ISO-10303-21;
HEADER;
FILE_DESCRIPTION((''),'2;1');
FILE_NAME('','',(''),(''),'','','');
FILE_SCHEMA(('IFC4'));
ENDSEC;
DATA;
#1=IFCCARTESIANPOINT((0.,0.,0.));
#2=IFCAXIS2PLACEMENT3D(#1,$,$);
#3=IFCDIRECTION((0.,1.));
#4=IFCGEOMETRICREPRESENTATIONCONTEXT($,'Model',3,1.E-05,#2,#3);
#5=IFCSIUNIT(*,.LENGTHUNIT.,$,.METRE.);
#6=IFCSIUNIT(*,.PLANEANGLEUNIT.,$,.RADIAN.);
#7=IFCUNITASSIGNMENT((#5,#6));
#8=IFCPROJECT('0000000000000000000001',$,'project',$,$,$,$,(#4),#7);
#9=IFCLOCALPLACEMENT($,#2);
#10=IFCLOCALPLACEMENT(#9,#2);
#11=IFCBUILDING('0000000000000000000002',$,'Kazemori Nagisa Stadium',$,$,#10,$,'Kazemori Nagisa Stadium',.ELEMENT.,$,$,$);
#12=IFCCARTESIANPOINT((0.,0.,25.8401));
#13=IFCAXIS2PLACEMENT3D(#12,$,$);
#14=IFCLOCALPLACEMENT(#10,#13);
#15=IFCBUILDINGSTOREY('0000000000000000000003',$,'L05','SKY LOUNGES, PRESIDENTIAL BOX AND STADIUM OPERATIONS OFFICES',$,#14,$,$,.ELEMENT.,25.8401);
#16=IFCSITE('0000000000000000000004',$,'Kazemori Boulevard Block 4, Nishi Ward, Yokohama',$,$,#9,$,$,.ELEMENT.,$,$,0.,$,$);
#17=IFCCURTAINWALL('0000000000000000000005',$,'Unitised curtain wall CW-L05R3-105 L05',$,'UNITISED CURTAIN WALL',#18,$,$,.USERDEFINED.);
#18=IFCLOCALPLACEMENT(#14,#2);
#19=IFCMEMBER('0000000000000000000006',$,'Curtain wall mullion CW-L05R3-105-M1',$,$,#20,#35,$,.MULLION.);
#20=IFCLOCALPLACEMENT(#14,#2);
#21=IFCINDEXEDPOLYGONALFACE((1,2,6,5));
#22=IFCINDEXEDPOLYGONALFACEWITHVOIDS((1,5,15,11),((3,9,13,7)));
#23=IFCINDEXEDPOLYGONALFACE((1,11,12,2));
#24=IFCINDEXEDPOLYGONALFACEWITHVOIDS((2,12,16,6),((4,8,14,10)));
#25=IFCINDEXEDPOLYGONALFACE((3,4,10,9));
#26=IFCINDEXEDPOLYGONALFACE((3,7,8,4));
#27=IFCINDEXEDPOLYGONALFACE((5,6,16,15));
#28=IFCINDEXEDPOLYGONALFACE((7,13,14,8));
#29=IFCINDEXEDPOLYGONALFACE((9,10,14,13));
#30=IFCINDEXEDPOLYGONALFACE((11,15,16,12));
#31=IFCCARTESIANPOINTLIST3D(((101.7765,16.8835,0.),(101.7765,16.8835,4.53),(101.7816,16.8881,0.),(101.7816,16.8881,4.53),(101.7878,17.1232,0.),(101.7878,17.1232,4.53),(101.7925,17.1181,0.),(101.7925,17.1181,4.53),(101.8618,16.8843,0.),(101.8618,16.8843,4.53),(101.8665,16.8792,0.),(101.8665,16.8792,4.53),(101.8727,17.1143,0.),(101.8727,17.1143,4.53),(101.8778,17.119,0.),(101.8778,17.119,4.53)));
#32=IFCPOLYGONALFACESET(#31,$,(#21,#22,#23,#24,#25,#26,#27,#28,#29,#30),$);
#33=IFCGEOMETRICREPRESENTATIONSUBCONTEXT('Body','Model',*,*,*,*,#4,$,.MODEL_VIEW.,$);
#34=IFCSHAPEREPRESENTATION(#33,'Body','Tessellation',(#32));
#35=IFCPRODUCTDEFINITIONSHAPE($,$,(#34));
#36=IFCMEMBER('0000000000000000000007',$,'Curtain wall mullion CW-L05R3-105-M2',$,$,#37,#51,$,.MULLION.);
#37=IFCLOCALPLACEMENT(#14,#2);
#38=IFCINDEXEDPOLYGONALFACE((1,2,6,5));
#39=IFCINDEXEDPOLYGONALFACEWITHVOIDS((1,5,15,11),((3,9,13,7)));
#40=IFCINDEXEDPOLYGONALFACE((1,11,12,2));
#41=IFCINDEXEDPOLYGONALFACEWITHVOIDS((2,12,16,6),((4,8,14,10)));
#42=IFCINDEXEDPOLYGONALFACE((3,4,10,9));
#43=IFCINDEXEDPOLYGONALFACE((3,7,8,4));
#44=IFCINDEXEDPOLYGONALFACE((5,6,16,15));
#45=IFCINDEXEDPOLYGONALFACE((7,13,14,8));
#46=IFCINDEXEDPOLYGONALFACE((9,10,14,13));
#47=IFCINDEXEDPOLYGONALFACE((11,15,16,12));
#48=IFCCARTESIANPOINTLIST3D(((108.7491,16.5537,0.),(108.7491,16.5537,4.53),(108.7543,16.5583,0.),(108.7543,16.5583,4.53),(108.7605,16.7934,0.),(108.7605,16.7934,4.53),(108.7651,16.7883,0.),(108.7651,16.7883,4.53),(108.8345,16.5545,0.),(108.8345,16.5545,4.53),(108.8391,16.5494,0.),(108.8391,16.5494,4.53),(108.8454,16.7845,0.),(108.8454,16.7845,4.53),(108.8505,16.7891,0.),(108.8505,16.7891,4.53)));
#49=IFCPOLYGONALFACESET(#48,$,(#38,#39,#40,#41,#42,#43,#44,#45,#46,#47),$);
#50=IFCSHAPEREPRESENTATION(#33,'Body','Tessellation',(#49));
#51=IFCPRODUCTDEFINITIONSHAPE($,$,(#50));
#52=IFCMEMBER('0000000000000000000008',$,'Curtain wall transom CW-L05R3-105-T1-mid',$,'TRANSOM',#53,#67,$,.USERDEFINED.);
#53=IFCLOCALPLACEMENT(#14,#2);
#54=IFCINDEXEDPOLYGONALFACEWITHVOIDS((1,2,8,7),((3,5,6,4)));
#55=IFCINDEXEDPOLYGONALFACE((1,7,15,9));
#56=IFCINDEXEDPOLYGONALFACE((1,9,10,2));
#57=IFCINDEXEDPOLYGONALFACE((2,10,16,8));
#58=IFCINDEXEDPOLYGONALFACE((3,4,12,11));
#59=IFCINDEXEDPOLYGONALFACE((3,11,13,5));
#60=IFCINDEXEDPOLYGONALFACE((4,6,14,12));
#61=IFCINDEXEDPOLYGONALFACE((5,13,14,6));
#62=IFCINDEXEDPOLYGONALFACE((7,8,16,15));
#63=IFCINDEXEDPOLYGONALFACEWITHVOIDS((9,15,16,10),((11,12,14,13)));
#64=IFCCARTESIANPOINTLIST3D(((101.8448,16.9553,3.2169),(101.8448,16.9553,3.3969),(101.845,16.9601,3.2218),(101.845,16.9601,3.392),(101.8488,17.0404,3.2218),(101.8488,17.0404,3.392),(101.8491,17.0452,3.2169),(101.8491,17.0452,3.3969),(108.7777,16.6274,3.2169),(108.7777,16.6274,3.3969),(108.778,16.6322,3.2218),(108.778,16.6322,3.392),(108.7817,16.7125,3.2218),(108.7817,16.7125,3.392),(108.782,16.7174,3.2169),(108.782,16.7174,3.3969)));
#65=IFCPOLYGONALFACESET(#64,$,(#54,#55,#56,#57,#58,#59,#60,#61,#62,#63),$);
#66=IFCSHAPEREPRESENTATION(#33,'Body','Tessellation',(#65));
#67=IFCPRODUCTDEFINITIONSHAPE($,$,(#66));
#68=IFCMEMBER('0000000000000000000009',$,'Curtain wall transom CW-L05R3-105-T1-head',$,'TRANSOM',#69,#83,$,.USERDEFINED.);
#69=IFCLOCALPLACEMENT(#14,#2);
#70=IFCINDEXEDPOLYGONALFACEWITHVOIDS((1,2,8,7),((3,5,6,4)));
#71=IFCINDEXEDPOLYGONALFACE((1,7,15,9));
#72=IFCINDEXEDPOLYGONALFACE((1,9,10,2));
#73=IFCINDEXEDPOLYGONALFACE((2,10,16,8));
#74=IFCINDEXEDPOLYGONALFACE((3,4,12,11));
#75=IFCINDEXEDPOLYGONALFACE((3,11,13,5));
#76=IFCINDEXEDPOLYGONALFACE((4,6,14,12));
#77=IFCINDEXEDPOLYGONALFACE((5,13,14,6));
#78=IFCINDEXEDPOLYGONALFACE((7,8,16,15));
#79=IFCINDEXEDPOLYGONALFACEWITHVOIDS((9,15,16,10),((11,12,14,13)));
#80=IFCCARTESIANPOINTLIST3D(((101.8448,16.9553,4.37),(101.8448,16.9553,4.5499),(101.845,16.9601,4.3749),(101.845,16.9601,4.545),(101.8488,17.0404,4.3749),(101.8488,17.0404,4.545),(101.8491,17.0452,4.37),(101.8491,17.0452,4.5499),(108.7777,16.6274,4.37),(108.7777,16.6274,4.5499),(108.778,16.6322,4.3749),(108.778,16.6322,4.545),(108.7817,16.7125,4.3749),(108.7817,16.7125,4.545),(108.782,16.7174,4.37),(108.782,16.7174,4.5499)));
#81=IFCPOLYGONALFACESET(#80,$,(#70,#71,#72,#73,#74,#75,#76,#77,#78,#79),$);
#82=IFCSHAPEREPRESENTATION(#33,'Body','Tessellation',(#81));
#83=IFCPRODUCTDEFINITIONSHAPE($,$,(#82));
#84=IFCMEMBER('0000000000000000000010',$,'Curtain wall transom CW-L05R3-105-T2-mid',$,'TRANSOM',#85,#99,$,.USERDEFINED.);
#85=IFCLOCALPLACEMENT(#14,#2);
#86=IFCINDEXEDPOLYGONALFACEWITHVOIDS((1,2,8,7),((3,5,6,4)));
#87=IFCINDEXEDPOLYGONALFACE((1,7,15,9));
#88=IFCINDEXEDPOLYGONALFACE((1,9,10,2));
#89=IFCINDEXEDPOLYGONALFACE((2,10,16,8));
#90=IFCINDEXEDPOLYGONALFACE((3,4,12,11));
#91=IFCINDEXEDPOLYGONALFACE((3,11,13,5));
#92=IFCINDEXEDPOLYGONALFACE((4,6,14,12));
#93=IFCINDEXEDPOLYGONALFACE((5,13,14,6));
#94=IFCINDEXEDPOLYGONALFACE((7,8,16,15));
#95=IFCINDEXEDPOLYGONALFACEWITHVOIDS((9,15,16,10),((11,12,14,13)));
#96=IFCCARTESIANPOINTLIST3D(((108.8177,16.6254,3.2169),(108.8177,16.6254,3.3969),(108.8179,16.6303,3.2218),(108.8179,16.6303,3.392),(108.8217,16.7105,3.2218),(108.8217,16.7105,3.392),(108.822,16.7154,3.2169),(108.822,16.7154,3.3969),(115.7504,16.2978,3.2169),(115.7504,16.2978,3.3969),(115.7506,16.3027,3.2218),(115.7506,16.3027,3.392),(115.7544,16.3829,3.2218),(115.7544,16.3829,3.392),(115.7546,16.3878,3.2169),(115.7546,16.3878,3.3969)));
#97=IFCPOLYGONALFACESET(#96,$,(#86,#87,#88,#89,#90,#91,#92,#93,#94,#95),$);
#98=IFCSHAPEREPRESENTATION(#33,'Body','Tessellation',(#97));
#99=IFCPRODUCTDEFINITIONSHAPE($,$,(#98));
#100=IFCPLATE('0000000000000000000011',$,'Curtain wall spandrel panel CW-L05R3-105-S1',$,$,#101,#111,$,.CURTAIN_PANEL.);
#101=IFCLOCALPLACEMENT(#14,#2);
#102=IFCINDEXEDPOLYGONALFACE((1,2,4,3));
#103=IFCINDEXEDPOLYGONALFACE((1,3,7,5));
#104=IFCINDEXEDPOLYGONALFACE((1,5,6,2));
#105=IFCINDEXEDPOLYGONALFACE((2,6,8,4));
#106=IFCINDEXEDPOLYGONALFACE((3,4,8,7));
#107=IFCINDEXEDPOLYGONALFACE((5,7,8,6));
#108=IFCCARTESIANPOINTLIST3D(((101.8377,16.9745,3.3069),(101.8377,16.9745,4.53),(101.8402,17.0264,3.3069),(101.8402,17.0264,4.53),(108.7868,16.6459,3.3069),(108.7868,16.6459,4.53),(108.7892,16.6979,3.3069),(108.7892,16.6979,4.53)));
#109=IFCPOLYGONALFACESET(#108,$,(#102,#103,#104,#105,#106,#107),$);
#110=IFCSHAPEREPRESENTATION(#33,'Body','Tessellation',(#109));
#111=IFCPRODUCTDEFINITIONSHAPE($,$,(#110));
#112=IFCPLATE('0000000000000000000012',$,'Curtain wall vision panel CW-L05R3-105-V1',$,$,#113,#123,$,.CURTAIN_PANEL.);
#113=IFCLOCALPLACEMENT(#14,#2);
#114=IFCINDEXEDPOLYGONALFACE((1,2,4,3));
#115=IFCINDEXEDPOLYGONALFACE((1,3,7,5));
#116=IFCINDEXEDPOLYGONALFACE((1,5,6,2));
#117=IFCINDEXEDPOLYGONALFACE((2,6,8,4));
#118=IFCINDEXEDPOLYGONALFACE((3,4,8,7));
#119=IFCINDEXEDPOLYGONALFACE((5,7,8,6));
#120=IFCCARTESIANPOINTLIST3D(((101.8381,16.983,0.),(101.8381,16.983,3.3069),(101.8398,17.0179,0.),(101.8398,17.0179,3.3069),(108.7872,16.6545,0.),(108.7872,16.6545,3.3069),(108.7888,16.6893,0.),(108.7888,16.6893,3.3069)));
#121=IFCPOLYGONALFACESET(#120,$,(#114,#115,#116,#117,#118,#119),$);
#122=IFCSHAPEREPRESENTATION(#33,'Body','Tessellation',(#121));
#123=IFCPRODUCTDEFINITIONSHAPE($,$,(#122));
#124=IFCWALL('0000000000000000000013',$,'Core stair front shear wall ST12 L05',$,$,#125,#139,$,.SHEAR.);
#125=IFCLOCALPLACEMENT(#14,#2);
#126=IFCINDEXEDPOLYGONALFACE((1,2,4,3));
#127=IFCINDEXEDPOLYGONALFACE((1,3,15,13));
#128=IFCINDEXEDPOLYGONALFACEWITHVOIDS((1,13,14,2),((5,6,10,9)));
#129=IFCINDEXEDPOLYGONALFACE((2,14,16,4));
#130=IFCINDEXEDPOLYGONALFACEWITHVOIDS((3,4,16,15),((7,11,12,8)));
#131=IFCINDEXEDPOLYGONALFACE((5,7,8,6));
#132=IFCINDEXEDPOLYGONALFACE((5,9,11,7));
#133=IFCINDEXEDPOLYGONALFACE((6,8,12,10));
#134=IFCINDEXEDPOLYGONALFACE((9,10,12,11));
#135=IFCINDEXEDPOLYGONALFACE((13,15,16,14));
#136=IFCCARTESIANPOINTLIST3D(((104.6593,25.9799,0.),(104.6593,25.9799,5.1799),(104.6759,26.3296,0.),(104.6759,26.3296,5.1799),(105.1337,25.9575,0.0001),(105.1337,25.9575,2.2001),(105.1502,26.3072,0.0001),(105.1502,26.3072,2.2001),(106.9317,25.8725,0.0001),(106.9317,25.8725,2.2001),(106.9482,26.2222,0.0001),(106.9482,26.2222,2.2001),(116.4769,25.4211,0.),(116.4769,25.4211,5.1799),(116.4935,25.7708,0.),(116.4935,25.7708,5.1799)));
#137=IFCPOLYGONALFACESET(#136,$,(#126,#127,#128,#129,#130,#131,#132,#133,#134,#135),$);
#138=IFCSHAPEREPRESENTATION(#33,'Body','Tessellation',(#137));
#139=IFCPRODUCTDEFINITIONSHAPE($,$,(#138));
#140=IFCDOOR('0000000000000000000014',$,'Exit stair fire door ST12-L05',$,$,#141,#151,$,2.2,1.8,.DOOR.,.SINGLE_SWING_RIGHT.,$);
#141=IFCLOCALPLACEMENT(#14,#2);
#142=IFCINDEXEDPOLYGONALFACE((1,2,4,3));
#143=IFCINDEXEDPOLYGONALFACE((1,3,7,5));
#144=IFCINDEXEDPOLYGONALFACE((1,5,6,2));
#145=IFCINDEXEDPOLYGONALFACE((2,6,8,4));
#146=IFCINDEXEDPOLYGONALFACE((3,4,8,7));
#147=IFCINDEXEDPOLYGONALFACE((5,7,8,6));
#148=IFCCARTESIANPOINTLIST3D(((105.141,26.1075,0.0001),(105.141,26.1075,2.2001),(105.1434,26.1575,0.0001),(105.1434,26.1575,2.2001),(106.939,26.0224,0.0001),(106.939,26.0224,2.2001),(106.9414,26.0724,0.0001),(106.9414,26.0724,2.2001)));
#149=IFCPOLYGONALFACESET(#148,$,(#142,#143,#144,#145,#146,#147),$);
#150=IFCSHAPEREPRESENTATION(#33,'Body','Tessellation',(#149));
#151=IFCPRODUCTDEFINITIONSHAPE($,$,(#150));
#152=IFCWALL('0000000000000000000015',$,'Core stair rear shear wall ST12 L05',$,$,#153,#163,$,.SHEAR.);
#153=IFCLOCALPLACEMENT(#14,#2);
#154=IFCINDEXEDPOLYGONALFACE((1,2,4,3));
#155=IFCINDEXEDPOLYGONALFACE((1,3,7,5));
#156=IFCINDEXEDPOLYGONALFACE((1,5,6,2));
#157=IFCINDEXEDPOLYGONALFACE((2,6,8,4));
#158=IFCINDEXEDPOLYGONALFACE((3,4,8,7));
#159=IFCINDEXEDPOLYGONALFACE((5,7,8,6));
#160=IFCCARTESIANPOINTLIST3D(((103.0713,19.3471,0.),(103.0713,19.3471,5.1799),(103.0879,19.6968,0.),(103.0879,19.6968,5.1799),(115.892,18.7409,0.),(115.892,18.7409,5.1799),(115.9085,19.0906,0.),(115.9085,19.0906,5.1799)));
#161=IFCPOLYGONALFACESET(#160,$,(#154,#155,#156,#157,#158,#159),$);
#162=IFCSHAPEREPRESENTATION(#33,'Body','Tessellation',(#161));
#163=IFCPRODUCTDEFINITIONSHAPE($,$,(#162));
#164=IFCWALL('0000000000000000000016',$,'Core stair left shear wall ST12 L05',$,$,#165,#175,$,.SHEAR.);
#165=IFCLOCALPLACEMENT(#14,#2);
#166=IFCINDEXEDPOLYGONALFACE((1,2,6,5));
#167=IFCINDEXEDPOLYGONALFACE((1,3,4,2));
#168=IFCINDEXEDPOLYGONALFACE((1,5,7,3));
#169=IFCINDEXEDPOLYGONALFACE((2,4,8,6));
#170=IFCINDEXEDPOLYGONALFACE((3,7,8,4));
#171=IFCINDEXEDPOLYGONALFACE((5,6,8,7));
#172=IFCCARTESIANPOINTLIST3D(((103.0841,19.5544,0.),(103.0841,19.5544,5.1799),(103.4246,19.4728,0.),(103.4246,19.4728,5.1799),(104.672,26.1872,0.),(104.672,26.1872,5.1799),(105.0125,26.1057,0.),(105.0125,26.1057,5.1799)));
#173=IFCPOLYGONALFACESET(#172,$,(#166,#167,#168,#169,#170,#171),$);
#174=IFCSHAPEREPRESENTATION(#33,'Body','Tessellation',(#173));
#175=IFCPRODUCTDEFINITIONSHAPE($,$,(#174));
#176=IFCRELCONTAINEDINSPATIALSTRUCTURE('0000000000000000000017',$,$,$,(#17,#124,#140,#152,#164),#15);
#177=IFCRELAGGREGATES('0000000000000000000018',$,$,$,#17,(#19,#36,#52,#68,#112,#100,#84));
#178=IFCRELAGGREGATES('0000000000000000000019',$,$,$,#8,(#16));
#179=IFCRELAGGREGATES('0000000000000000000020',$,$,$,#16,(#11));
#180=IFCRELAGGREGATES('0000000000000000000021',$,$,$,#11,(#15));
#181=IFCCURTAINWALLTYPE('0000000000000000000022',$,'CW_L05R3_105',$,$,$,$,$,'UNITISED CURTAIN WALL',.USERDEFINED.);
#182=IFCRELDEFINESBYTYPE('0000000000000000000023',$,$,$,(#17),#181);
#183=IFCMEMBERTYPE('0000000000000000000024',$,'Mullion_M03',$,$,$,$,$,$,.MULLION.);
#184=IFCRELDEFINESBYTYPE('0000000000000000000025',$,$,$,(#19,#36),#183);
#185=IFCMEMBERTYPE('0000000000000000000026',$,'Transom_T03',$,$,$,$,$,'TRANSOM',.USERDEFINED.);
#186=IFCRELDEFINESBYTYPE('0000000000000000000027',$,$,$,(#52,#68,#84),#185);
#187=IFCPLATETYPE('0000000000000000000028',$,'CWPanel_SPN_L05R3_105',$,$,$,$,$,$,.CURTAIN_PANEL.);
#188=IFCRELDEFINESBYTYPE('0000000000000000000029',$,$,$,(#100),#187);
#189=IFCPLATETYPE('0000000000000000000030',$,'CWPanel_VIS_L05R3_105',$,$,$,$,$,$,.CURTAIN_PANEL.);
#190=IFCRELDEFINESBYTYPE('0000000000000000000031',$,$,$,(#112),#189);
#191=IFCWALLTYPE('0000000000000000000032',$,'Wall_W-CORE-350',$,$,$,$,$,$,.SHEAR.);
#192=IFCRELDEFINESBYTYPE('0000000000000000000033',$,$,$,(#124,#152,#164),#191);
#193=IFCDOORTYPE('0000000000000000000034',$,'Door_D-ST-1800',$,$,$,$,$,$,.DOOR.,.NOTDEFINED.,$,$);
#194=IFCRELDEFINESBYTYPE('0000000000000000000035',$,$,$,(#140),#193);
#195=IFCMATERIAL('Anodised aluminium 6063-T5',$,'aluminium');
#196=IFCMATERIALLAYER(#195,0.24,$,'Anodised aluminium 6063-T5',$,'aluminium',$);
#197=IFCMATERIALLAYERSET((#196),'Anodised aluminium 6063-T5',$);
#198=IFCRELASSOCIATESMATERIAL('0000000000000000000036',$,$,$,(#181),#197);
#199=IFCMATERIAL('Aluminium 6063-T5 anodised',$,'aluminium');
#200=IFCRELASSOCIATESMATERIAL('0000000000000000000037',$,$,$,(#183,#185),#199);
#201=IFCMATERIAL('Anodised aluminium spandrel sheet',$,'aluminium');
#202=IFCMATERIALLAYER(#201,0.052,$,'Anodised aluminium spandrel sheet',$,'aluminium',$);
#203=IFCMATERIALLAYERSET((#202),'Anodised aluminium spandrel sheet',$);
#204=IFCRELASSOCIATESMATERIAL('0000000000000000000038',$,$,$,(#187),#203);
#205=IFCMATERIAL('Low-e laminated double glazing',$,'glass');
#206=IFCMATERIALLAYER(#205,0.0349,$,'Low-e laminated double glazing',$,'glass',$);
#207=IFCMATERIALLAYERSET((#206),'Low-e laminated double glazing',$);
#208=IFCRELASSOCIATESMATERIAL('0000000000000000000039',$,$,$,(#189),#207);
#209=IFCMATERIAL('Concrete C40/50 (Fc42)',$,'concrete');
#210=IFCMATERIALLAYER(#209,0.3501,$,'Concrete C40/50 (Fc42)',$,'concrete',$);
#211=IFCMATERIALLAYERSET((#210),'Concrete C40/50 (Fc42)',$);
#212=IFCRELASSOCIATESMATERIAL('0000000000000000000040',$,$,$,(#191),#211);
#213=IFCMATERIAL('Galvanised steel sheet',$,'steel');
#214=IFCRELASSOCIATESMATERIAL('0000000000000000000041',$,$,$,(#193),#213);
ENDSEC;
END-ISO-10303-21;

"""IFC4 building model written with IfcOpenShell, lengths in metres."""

from ifc_helpers import new_model, si_unit, direction, frame, frame_2d, origin, origin_2d, place, context, subcontext, project, spatial, rectangle, hollow_rectangle, extrude, material, layer, layer_set, material_profile, profile_set, type_object, element, fill, aggregate, save


model = new_model("IFC4")

# Units and contexts
model_context = context("Model", 3, precision=1e-05, world=origin(), true_north=direction((0.0, 1.0)))
body_context = subcontext(model_context, "Body", "Model", "MODEL_VIEW")
ifc_project = project(units=[si_unit("LENGTHUNIT", "METRE"), si_unit("PLANEANGLEUNIT", "RADIAN")], contexts=[model_context])

# Site, building, storey
site_placement = place(None, origin())
site = spatial("IfcSite", under=ifc_project, at=site_placement, Name="Kazemori Boulevard Block 4, Nishi Ward, Yokohama", CompositionType="ELEMENT", RefElevation=0.0)
building_placement = place(site_placement, origin())
building = spatial("IfcBuilding", under=site, at=building_placement, Name="Kazemori Nagisa Stadium", LongName="Kazemori Nagisa Stadium", CompositionType="ELEMENT")
storey_placement = place(building_placement, frame((0.0, 0.0, 25.8401)))
storey = spatial("IfcBuildingStorey", under=building, at=storey_placement, Name="L05", Description="SKY LOUNGES, PRESIDENTIAL BOX AND STADIUM OPERATIONS OFFICES", CompositionType="ELEMENT", Elevation=25.8401)

# Shared definitions
ifc_material_1 = material(Name="Concrete C40/50 (Fc42)", Category="concrete")

# Curtain wall, members, plates
ifc_material_2 = material(Name="Anodised aluminium 6063-T5", Category="aluminium")
ifc_layer_1 = layer(ifc_material_2, 0.24, Name="Anodised aluminium 6063-T5", Category="aluminium")
ifc_layer_set_1 = layer_set([ifc_layer_1], Name="Anodised aluminium 6063-T5")
curtain_wall_type = type_object("IfcCurtainWallType", Name="CW_L05R3_105", ElementType="UNITISED CURTAIN WALL", PredefinedType="USERDEFINED", material=ifc_layer_set_1)
curtain_wall_placement = place(storey_placement, origin())
curtain_wall = element("IfcCurtainWall", 1, at=curtain_wall_placement, inside=storey, type_object=curtain_wall_type, Name="Unitised curtain wall CW-L05R3-105 L05", ObjectType="UNITISED CURTAIN WALL", PredefinedType="USERDEFINED")
ifc_material_3 = material(Name="Aluminium 6063-T5 anodised", Category="aluminium")
ifc_material_profile_1 = material_profile(ifc_material_3, hollow_rectangle(XDim=0.0901, YDim=0.24, WallThickness=0.0049, at=origin_2d()), Name="ALU-MULL-90x240x5")
ifc_profile_set_1 = profile_set([ifc_material_profile_1], Name="Aluminium 6063-T5 anodised")
member_type_1 = type_object("IfcMemberType", Name="Mullion_M03", PredefinedType="MULLION", material=ifc_profile_set_1)
member_1_placement = place(storey_placement, frame((101.8271, 17.0012, 0.0), z_axis=(0.0, 0.0, 1.0), x_axis=(0.998884, -0.04723, 0.0)))
member_1 = element("IfcMember", 2, at=member_1_placement, type_object=member_type_1, Name="Curtain wall mullion CW-L05R3-105-M1", PredefinedType="MULLION", context=body_context, shape_type="SweptSolid", body=[
    extrude(hollow_rectangle(XDim=0.0901, YDim=0.24, WallThickness=0.0049, at=origin_2d()), origin(), (0.0, 0.0, 1.0), 4.53),
])
member_2_placement = place(storey_placement, frame((108.7998, 16.6714, 0.0), z_axis=(0.0, 0.0, 1.0), x_axis=(0.998884, -0.04723, 0.0)))
member_2 = element("IfcMember", 3, at=member_2_placement, type_object=member_type_1, Name="Curtain wall mullion CW-L05R3-105-M2", PredefinedType="MULLION", context=body_context, shape_type="SweptSolid", body=[
    extrude(hollow_rectangle(XDim=0.0901, YDim=0.24, WallThickness=0.0049, at=origin_2d()), origin(), (0.0, 0.0, 1.0), 4.53),
])
ifc_material_profile_2 = material_profile(ifc_material_3, hollow_rectangle(XDim=0.0901, YDim=0.1799, WallThickness=0.0049, at=origin_2d()), Name="ALU-TRAN-90x180x5")
ifc_profile_set_2 = profile_set([ifc_material_profile_2], Name="Aluminium 6063-T5 anodised")
member_type_2 = type_object("IfcMemberType", Name="Transom_T03", ElementType="TRANSOM", PredefinedType="USERDEFINED", material=ifc_profile_set_2)
member_3_placement = place(storey_placement, frame((101.8469, 17.0002, 3.3069), z_axis=(0.998884, -0.047241, 0.0), x_axis=(0.047241, 0.998884, 0.0)))
member_3 = element("IfcMember", 4, at=member_3_placement, type_object=member_type_2, Name="Curtain wall transom CW-L05R3-105-T1-mid", ObjectType="TRANSOM", PredefinedType="USERDEFINED", context=body_context, shape_type="SweptSolid", body=[
    extrude(hollow_rectangle(XDim=0.0901, YDim=0.1799, WallThickness=0.0049, at=origin_2d()), origin(), (0.0, 0.0, 1.0), 6.9407),
])
member_4_placement = place(storey_placement, frame((101.8469, 17.0002, 4.46), z_axis=(0.998884, -0.047241, 0.0), x_axis=(0.047241, 0.998884, 0.0)))
member_4 = element("IfcMember", 5, at=member_4_placement, type_object=member_type_2, Name="Curtain wall transom CW-L05R3-105-T1-head", ObjectType="TRANSOM", PredefinedType="USERDEFINED", context=body_context, shape_type="SweptSolid", body=[
    extrude(hollow_rectangle(XDim=0.0901, YDim=0.1799, WallThickness=0.0049, at=origin_2d()), origin(), (0.0, 0.0, 1.0), 6.9407),
])
member_5_placement = place(storey_placement, frame((108.8198, 16.6704, 3.3069), z_axis=(0.998885, -0.047207, 0.0), x_axis=(0.047207, 0.998885, 0.0)))
member_5 = element("IfcMember", 6, at=member_5_placement, type_object=member_type_2, Name="Curtain wall transom CW-L05R3-105-T2-mid", ObjectType="TRANSOM", PredefinedType="USERDEFINED", context=body_context, shape_type="SweptSolid", body=[
    extrude(hollow_rectangle(XDim=0.0901, YDim=0.1799, WallThickness=0.0049, at=origin_2d()), origin(), (0.0, 0.0, 1.0), 6.9404),
])
ifc_material_4 = material(Name="Anodised aluminium spandrel sheet", Category="aluminium")
ifc_layer_2 = layer(ifc_material_4, 0.052, Name="Anodised aluminium spandrel sheet", Category="aluminium")
ifc_layer_set_2 = layer_set([ifc_layer_2], Name="Anodised aluminium spandrel sheet")
plate_type_1 = type_object("IfcPlateType", Name="CWPanel_SPN_L05R3_105", PredefinedType="CURTAIN_PANEL", material=ifc_layer_set_2)
plate_1_placement = place(storey_placement, frame((105.3135, 16.8362, 3.3069), z_axis=(0.0, 0.0, 1.0), x_axis=(0.998884, -0.04723, 0.0)))
plate_1 = element("IfcPlate", 7, at=plate_1_placement, type_object=plate_type_1, Name="Curtain wall spandrel panel CW-L05R3-105-S1", PredefinedType="CURTAIN_PANEL", context=body_context, shape_type="SweptSolid", body=[
    extrude(rectangle(XDim=6.9568, YDim=0.052, at=origin_2d()), origin(), (0.0, 0.0, 1.0), 1.2231),
])
ifc_material_5 = material(Name="Low-e laminated double glazing", Category="glass")
ifc_layer_3 = layer(ifc_material_5, 0.0349, Name="Low-e laminated double glazing", Category="glass")
ifc_layer_set_3 = layer_set([ifc_layer_3], Name="Low-e laminated double glazing")
plate_type_2 = type_object("IfcPlateType", Name="CWPanel_VIS_L05R3_105", PredefinedType="CURTAIN_PANEL", material=ifc_layer_set_3)
plate_2_placement = place(storey_placement, frame((105.3135, 16.8362, 0.0), z_axis=(0.0, 0.0, 1.0), x_axis=(0.998884, -0.04723, 0.0)))
plate_2 = element("IfcPlate", 8, at=plate_2_placement, type_object=plate_type_2, Name="Curtain wall vision panel CW-L05R3-105-V1", PredefinedType="CURTAIN_PANEL", context=body_context, shape_type="SweptSolid", body=[
    extrude(rectangle(XDim=6.9568, YDim=0.0349, at=origin_2d()), origin(), (0.0, 0.0, 1.0), 3.3069),
])
aggregate(curtain_wall, [member_1, member_2, member_3, member_4, plate_2, plate_1, member_5])

# Wall, opening, door
ifc_layer_4 = layer(ifc_material_1, 0.3501, Name="Concrete C40/50 (Fc42)", Category="concrete")
ifc_layer_set_4 = layer_set([ifc_layer_4], Name="Concrete C40/50 (Fc42)")
wall_type_1 = type_object("IfcWallType", Name="Wall_W-CORE-350", PredefinedType="SHEAR", material=ifc_layer_set_4)
wall_1_placement = place(storey_placement, frame((104.6675, 26.1548, 0.0), z_axis=(0.0, 0.0, 1.0), x_axis=(0.998884, -0.047236, 0.0)))
wall_1 = element("IfcWall", 9, at=wall_1_placement, inside=storey, type_object=wall_type_1, Name="Core stair front shear wall ST12 L05", PredefinedType="SHEAR", context=body_context, shape_type="SweptSolid", body=[
    extrude(rectangle(XDim=11.8308, YDim=0.3501, at=frame_2d((5.9155, 0.0))), origin(), (0.0, 0.0, 1.0), 5.1799),
])
opening_1_placement = place(wall_1_placement, frame((0.4751, 0.0, 0.0)))
opening_1 = element("IfcOpeningElement", 10, at=opening_1_placement, cuts=wall_1, PredefinedType="OPENING", context=body_context, shape_type="SweptSolid", body=[
    extrude(rectangle(XDim=1.8, YDim=2.2, at=frame_2d((0.8999, 1.1001))), frame((0.0, 0.1851, 0.0), z_axis=(0.0, -1.0, 0.0), x_axis=(1.0, 0.0, 0.0)), (0.0, 0.0, 1.0), 0.3701),
])
ifc_material_6 = material(Name="Galvanised steel sheet", Category="steel")
door_type_1 = type_object("IfcDoorType", Name="Door_D-ST-1800", OperationType="NOTDEFINED", PredefinedType="DOOR", material=ifc_material_6)
door_1_placement = place(opening_1_placement, frame((1.8, 0.0, 0.0), z_axis=(0.0, 0.0, 1.0), x_axis=(-1.0, 0.0, 0.0)))
door_1 = element("IfcDoor", 11, at=door_1_placement, inside=storey, type_object=door_type_1, Name="Exit stair fire door ST12-L05", OperationType="SINGLE_SWING_RIGHT", OverallHeight=2.2, OverallWidth=1.8, PredefinedType="DOOR", context=body_context, shape_type="SweptSolid", body=[
    extrude(rectangle(XDim=1.8, YDim=2.2, at=frame_2d((0.8999, 1.1001))), frame((0.0, 0.0249, 0.0), z_axis=(0.0, -1.0, 0.0), x_axis=(1.0, 0.0, 0.0)), (0.0, 0.0, 1.0), 0.05),
])
fill(opening_1, door_1)

# Walls
wall_2_placement = place(storey_placement, frame((103.0796, 19.522, 0.0), z_axis=(0.0, 0.0, 1.0), x_axis=(0.998884, -0.047231, 0.0)))
element("IfcWall", 12, at=wall_2_placement, inside=storey, type_object=wall_type_1, Name="Core stair rear shear wall ST12 L05", PredefinedType="SHEAR", context=body_context, shape_type="SweptSolid", body=[
    extrude(rectangle(XDim=12.835, YDim=0.3501, at=frame_2d((6.4175, 0.0))), origin(), (0.0, 0.0, 1.0), 5.1799),
])
wall_3_placement = place(storey_placement, frame((104.8423, 26.1465, 0.0), z_axis=(0.0, 0.0, 1.0), x_axis=(-0.232821, -0.97252, 0.0)))
element("IfcWall", 13, at=wall_3_placement, inside=storey, type_object=wall_type_1, Name="Core stair left shear wall ST12 L05", PredefinedType="SHEAR", context=body_context, shape_type="SweptSolid", body=[
    extrude(rectangle(XDim=6.8203, YDim=0.3501, at=frame_2d((3.4102, 0.0))), origin(), (0.0, 0.0, 1.0), 5.1799),
])

save(model, "model.ifc")
